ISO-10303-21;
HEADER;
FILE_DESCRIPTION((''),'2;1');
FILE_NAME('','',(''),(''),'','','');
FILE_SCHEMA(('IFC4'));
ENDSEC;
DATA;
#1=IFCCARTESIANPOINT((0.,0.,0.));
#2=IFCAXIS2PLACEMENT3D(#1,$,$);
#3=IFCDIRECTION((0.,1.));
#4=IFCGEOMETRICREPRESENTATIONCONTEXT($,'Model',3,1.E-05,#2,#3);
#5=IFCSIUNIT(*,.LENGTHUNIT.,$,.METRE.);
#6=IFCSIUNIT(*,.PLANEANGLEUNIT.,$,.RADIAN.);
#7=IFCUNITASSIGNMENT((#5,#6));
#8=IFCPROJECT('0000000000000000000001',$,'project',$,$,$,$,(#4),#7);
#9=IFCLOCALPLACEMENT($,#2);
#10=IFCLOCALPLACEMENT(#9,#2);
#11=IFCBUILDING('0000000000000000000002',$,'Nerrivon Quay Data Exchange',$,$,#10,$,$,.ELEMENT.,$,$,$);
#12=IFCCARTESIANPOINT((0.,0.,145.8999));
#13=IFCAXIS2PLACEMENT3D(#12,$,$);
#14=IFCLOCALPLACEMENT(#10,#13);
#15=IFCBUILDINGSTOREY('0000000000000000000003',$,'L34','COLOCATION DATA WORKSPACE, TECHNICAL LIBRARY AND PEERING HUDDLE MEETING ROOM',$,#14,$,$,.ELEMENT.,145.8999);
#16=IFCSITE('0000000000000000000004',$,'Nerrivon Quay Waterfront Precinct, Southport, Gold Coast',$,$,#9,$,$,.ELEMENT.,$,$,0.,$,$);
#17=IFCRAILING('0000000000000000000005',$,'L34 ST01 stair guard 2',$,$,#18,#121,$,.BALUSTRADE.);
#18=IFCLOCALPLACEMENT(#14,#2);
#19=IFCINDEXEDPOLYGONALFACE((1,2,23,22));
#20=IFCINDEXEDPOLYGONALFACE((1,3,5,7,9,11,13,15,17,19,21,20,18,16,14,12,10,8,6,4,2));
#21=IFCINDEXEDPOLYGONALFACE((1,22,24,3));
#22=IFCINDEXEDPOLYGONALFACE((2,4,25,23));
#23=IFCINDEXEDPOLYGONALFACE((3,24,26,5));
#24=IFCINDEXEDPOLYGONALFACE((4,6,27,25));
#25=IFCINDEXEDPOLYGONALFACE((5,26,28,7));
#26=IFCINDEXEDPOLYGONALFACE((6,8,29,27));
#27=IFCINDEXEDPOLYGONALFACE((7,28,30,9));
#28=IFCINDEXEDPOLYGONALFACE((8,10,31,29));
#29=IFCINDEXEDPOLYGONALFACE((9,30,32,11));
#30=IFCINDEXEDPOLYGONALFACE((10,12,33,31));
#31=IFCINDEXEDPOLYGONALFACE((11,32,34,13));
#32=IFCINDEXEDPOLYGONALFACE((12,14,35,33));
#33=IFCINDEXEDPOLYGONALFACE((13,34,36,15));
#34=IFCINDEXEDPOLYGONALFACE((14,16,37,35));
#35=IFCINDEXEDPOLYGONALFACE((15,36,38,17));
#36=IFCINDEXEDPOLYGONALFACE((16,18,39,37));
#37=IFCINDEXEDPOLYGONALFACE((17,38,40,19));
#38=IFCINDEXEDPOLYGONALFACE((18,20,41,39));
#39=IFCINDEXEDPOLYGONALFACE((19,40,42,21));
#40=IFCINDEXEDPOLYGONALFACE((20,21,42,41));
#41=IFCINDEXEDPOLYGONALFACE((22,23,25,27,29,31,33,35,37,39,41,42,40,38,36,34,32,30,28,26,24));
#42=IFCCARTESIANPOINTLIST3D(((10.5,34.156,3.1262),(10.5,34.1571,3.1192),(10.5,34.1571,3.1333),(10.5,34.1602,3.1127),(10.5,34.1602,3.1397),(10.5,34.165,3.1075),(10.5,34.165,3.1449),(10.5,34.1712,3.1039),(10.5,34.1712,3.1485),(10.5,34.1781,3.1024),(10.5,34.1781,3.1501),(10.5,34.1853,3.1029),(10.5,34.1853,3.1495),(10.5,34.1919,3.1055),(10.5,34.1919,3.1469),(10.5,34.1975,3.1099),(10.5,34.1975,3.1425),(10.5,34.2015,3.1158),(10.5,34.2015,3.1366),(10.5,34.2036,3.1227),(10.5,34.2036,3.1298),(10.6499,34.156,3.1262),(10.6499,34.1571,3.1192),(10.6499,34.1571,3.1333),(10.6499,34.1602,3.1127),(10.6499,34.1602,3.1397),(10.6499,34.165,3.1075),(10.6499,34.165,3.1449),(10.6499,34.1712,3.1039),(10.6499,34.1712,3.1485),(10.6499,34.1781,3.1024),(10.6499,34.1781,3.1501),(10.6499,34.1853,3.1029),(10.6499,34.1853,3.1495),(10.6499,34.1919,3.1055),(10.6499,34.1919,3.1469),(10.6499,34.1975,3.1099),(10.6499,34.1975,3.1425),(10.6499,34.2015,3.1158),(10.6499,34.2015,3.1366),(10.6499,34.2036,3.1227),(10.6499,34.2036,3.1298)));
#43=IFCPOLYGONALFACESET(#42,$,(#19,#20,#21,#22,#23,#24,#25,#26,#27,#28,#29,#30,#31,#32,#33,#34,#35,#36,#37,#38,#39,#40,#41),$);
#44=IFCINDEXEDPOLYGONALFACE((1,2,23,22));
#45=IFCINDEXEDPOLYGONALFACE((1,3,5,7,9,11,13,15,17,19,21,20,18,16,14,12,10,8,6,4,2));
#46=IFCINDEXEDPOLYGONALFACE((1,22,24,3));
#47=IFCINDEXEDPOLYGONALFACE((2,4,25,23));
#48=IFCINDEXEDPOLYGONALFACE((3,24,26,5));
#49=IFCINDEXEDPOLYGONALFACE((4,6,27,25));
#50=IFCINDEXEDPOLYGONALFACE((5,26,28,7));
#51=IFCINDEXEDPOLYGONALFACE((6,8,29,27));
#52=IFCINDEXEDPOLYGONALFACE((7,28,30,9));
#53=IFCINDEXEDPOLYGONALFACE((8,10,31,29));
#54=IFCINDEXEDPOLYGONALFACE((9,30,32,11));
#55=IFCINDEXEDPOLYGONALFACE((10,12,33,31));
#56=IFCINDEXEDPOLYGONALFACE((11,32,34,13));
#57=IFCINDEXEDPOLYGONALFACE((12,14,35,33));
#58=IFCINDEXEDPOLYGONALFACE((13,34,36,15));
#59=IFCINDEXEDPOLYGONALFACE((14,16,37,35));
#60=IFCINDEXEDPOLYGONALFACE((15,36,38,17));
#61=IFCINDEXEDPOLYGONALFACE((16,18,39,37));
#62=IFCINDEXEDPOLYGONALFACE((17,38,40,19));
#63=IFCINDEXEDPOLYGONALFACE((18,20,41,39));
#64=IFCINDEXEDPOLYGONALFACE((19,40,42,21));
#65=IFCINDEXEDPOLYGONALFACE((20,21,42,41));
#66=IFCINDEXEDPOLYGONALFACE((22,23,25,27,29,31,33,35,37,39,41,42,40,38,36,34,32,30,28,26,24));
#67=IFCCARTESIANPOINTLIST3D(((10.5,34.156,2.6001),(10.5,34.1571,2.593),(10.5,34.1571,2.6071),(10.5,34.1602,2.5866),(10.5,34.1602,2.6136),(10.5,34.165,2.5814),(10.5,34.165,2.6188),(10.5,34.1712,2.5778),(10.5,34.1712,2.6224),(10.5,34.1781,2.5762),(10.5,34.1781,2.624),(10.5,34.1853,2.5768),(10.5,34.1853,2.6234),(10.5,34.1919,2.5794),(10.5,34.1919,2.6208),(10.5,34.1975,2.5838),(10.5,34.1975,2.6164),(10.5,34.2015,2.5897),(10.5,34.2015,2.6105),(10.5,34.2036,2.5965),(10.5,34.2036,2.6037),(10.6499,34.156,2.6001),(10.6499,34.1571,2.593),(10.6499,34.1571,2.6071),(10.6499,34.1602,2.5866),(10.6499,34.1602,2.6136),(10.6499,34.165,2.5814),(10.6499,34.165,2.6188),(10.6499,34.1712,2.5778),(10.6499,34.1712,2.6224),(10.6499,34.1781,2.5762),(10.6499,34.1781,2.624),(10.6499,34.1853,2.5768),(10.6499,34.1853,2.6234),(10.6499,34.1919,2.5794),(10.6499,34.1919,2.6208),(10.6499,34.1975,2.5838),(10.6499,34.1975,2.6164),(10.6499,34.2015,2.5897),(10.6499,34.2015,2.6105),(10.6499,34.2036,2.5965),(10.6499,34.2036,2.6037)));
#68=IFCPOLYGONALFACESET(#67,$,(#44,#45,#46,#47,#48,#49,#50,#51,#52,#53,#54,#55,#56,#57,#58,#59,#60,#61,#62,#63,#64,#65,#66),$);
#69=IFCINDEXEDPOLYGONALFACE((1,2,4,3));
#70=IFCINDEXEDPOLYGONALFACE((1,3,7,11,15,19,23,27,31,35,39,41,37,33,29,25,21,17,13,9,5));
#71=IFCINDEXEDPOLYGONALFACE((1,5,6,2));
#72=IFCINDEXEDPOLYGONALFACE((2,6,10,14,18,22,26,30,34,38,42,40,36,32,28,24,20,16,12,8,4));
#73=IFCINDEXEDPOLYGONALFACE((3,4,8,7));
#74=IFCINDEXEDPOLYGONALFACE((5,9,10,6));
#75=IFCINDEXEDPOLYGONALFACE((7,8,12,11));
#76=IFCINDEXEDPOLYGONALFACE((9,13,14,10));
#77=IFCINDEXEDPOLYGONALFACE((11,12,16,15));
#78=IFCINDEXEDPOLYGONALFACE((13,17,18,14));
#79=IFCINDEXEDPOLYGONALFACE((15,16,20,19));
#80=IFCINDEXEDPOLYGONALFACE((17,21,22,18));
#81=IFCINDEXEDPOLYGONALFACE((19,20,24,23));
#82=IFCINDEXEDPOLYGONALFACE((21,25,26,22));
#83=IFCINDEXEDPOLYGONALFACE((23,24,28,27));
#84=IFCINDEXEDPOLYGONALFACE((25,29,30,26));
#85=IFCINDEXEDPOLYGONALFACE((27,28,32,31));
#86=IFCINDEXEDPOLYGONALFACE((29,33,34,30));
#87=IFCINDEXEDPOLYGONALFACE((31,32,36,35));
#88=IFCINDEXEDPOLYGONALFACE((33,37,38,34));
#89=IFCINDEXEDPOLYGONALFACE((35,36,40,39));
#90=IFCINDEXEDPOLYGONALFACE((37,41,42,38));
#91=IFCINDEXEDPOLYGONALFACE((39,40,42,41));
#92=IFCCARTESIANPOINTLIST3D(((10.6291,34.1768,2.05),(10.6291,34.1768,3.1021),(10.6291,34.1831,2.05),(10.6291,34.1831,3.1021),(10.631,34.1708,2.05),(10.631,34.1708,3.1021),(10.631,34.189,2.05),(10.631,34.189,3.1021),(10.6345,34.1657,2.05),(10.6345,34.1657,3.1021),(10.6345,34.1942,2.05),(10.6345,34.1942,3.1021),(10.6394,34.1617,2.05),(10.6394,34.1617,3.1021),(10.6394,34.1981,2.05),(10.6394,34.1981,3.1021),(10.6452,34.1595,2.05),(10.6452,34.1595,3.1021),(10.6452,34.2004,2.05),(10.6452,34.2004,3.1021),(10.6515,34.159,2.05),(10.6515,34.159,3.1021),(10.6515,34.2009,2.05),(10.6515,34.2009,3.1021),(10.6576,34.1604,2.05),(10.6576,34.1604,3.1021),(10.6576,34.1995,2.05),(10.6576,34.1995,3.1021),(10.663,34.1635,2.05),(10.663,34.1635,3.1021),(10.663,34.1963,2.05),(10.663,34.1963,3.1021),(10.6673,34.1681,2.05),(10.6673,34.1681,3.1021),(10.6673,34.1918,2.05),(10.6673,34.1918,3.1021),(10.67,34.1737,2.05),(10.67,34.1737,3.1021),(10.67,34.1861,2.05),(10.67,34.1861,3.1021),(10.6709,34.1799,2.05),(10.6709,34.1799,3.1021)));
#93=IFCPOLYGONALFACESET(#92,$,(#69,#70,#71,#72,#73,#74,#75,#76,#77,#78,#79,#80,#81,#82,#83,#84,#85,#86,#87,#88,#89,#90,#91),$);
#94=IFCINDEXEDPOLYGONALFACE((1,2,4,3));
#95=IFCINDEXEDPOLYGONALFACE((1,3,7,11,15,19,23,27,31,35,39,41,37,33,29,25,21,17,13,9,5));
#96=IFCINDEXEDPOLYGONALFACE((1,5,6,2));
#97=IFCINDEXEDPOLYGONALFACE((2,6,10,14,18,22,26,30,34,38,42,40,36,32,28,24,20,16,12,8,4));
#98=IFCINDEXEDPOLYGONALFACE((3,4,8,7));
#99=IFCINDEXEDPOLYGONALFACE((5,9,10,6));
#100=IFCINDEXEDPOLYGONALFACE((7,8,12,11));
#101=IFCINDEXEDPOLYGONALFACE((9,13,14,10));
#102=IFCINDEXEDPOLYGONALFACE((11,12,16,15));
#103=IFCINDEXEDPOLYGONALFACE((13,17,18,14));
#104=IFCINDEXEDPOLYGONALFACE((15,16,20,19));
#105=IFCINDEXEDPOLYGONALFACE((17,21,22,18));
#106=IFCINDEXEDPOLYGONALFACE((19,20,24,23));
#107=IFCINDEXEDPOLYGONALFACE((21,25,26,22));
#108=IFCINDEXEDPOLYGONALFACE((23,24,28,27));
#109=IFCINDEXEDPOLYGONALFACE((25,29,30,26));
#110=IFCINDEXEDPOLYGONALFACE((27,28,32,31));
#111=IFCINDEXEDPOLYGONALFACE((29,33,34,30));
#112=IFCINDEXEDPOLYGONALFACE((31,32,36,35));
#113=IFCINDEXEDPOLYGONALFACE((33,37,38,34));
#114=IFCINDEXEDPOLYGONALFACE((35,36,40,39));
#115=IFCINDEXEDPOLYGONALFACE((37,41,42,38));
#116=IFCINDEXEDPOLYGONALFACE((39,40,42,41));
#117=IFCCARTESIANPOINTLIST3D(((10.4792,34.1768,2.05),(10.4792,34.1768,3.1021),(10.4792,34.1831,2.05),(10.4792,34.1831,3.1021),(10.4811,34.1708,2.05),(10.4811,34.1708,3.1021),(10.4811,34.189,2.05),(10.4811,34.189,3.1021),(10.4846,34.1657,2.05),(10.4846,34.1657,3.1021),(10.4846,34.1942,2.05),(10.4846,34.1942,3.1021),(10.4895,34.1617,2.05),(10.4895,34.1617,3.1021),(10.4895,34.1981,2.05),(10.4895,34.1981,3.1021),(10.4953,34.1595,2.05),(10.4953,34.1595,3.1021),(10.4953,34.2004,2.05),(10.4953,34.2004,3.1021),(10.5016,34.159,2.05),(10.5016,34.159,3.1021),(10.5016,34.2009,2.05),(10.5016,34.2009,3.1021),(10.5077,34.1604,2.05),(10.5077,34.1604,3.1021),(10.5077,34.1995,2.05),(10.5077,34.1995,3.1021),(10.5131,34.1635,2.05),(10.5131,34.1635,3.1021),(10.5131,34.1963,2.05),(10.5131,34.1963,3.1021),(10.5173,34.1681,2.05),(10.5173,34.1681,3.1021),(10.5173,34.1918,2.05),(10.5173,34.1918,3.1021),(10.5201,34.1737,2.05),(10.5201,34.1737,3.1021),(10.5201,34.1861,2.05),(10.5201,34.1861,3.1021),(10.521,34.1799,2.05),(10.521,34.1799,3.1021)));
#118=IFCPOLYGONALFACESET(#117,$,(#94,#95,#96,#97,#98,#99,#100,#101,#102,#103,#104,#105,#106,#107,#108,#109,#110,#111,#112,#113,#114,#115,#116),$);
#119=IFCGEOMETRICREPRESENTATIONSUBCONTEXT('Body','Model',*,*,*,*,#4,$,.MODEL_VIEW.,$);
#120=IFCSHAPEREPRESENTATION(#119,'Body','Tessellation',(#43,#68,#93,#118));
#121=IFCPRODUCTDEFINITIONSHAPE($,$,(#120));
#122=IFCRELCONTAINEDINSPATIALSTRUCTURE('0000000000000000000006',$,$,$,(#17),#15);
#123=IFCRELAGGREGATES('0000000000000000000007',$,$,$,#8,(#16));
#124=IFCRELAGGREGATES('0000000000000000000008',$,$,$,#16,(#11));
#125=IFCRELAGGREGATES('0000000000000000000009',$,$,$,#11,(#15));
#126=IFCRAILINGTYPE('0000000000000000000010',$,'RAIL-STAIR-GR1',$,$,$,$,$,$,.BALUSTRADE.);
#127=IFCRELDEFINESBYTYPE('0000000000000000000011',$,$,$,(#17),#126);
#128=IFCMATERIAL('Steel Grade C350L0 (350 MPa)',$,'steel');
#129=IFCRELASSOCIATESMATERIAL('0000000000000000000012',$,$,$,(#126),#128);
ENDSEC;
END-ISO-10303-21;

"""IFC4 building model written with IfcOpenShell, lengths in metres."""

from ifc_helpers import new_model, si_unit, direction, frame, origin, origin_2d, place, context, subcontext, project, spatial, circle, extrude, material, type_object, element, save


model = new_model("IFC4")

# Units and contexts
model_context = context("Model", 3, precision=1e-05, world=origin(), true_north=direction((0.0, 1.0)))
body_context = subcontext(model_context, "Body", "Model", "MODEL_VIEW")
ifc_project = project(units=[si_unit("LENGTHUNIT", "METRE"), si_unit("PLANEANGLEUNIT", "RADIAN")], contexts=[model_context])

# Site, building, storey
site_placement = place(None, origin())
site = spatial("IfcSite", under=ifc_project, at=site_placement, Name="Nerrivon Quay Waterfront Precinct, Southport, Gold Coast", CompositionType="ELEMENT", RefElevation=0.0)
building_placement = place(site_placement, origin())
building = spatial("IfcBuilding", under=site, at=building_placement, Name="Nerrivon Quay Data Exchange", CompositionType="ELEMENT")
storey_placement = place(building_placement, frame((0.0, 0.0, 145.8999)))
storey = spatial("IfcBuildingStorey", under=building, at=storey_placement, Name="L34", Description="COLOCATION DATA WORKSPACE, TECHNICAL LIBRARY AND PEERING HUDDLE MEETING ROOM", CompositionType="ELEMENT", Elevation=145.8999)

# Railing
ifc_material_1 = material(Name="Steel Grade C350L0 (350 MPa)", Category="steel")
railing_type = type_object("IfcRailingType", Name="RAIL-STAIR-GR1", PredefinedType="BALUSTRADE", material=ifc_material_1)
railing_1_placement = place(storey_placement, frame((10.6499, 34.1799, 2.05)))
element("IfcRailing", 1, at=railing_1_placement, inside=storey, type_object=railing_type, Name="L34 ST01 stair guard 2", PredefinedType="BALUSTRADE", context=body_context, shape_type="SweptSolid", body=[
    extrude(circle(Radius=0.0239, at=origin_2d()), frame((0.0, 0.0, 1.0762), z_axis=(-1.0, 0.0, 0.0), x_axis=(0.0, -1.0, 0.0)), (0.0, 0.0, 1.0), 0.1499),
    extrude(circle(Radius=0.0239, at=origin_2d()), frame((0.0, 0.0, 0.55), z_axis=(-1.0, 0.0, 0.0), x_axis=(0.0, -1.0, 0.0)), (0.0, 0.0, 1.0), 0.1499),
    extrude(circle(Radius=0.021, at=origin_2d()), origin(), (0.0, 0.0, 1.0), 1.052),
    extrude(circle(Radius=0.021, at=origin_2d()), frame((-0.1499, 0.0, 0.0)), (0.0, 0.0, 1.0), 1.052),
])

save(model, "model.ifc")
